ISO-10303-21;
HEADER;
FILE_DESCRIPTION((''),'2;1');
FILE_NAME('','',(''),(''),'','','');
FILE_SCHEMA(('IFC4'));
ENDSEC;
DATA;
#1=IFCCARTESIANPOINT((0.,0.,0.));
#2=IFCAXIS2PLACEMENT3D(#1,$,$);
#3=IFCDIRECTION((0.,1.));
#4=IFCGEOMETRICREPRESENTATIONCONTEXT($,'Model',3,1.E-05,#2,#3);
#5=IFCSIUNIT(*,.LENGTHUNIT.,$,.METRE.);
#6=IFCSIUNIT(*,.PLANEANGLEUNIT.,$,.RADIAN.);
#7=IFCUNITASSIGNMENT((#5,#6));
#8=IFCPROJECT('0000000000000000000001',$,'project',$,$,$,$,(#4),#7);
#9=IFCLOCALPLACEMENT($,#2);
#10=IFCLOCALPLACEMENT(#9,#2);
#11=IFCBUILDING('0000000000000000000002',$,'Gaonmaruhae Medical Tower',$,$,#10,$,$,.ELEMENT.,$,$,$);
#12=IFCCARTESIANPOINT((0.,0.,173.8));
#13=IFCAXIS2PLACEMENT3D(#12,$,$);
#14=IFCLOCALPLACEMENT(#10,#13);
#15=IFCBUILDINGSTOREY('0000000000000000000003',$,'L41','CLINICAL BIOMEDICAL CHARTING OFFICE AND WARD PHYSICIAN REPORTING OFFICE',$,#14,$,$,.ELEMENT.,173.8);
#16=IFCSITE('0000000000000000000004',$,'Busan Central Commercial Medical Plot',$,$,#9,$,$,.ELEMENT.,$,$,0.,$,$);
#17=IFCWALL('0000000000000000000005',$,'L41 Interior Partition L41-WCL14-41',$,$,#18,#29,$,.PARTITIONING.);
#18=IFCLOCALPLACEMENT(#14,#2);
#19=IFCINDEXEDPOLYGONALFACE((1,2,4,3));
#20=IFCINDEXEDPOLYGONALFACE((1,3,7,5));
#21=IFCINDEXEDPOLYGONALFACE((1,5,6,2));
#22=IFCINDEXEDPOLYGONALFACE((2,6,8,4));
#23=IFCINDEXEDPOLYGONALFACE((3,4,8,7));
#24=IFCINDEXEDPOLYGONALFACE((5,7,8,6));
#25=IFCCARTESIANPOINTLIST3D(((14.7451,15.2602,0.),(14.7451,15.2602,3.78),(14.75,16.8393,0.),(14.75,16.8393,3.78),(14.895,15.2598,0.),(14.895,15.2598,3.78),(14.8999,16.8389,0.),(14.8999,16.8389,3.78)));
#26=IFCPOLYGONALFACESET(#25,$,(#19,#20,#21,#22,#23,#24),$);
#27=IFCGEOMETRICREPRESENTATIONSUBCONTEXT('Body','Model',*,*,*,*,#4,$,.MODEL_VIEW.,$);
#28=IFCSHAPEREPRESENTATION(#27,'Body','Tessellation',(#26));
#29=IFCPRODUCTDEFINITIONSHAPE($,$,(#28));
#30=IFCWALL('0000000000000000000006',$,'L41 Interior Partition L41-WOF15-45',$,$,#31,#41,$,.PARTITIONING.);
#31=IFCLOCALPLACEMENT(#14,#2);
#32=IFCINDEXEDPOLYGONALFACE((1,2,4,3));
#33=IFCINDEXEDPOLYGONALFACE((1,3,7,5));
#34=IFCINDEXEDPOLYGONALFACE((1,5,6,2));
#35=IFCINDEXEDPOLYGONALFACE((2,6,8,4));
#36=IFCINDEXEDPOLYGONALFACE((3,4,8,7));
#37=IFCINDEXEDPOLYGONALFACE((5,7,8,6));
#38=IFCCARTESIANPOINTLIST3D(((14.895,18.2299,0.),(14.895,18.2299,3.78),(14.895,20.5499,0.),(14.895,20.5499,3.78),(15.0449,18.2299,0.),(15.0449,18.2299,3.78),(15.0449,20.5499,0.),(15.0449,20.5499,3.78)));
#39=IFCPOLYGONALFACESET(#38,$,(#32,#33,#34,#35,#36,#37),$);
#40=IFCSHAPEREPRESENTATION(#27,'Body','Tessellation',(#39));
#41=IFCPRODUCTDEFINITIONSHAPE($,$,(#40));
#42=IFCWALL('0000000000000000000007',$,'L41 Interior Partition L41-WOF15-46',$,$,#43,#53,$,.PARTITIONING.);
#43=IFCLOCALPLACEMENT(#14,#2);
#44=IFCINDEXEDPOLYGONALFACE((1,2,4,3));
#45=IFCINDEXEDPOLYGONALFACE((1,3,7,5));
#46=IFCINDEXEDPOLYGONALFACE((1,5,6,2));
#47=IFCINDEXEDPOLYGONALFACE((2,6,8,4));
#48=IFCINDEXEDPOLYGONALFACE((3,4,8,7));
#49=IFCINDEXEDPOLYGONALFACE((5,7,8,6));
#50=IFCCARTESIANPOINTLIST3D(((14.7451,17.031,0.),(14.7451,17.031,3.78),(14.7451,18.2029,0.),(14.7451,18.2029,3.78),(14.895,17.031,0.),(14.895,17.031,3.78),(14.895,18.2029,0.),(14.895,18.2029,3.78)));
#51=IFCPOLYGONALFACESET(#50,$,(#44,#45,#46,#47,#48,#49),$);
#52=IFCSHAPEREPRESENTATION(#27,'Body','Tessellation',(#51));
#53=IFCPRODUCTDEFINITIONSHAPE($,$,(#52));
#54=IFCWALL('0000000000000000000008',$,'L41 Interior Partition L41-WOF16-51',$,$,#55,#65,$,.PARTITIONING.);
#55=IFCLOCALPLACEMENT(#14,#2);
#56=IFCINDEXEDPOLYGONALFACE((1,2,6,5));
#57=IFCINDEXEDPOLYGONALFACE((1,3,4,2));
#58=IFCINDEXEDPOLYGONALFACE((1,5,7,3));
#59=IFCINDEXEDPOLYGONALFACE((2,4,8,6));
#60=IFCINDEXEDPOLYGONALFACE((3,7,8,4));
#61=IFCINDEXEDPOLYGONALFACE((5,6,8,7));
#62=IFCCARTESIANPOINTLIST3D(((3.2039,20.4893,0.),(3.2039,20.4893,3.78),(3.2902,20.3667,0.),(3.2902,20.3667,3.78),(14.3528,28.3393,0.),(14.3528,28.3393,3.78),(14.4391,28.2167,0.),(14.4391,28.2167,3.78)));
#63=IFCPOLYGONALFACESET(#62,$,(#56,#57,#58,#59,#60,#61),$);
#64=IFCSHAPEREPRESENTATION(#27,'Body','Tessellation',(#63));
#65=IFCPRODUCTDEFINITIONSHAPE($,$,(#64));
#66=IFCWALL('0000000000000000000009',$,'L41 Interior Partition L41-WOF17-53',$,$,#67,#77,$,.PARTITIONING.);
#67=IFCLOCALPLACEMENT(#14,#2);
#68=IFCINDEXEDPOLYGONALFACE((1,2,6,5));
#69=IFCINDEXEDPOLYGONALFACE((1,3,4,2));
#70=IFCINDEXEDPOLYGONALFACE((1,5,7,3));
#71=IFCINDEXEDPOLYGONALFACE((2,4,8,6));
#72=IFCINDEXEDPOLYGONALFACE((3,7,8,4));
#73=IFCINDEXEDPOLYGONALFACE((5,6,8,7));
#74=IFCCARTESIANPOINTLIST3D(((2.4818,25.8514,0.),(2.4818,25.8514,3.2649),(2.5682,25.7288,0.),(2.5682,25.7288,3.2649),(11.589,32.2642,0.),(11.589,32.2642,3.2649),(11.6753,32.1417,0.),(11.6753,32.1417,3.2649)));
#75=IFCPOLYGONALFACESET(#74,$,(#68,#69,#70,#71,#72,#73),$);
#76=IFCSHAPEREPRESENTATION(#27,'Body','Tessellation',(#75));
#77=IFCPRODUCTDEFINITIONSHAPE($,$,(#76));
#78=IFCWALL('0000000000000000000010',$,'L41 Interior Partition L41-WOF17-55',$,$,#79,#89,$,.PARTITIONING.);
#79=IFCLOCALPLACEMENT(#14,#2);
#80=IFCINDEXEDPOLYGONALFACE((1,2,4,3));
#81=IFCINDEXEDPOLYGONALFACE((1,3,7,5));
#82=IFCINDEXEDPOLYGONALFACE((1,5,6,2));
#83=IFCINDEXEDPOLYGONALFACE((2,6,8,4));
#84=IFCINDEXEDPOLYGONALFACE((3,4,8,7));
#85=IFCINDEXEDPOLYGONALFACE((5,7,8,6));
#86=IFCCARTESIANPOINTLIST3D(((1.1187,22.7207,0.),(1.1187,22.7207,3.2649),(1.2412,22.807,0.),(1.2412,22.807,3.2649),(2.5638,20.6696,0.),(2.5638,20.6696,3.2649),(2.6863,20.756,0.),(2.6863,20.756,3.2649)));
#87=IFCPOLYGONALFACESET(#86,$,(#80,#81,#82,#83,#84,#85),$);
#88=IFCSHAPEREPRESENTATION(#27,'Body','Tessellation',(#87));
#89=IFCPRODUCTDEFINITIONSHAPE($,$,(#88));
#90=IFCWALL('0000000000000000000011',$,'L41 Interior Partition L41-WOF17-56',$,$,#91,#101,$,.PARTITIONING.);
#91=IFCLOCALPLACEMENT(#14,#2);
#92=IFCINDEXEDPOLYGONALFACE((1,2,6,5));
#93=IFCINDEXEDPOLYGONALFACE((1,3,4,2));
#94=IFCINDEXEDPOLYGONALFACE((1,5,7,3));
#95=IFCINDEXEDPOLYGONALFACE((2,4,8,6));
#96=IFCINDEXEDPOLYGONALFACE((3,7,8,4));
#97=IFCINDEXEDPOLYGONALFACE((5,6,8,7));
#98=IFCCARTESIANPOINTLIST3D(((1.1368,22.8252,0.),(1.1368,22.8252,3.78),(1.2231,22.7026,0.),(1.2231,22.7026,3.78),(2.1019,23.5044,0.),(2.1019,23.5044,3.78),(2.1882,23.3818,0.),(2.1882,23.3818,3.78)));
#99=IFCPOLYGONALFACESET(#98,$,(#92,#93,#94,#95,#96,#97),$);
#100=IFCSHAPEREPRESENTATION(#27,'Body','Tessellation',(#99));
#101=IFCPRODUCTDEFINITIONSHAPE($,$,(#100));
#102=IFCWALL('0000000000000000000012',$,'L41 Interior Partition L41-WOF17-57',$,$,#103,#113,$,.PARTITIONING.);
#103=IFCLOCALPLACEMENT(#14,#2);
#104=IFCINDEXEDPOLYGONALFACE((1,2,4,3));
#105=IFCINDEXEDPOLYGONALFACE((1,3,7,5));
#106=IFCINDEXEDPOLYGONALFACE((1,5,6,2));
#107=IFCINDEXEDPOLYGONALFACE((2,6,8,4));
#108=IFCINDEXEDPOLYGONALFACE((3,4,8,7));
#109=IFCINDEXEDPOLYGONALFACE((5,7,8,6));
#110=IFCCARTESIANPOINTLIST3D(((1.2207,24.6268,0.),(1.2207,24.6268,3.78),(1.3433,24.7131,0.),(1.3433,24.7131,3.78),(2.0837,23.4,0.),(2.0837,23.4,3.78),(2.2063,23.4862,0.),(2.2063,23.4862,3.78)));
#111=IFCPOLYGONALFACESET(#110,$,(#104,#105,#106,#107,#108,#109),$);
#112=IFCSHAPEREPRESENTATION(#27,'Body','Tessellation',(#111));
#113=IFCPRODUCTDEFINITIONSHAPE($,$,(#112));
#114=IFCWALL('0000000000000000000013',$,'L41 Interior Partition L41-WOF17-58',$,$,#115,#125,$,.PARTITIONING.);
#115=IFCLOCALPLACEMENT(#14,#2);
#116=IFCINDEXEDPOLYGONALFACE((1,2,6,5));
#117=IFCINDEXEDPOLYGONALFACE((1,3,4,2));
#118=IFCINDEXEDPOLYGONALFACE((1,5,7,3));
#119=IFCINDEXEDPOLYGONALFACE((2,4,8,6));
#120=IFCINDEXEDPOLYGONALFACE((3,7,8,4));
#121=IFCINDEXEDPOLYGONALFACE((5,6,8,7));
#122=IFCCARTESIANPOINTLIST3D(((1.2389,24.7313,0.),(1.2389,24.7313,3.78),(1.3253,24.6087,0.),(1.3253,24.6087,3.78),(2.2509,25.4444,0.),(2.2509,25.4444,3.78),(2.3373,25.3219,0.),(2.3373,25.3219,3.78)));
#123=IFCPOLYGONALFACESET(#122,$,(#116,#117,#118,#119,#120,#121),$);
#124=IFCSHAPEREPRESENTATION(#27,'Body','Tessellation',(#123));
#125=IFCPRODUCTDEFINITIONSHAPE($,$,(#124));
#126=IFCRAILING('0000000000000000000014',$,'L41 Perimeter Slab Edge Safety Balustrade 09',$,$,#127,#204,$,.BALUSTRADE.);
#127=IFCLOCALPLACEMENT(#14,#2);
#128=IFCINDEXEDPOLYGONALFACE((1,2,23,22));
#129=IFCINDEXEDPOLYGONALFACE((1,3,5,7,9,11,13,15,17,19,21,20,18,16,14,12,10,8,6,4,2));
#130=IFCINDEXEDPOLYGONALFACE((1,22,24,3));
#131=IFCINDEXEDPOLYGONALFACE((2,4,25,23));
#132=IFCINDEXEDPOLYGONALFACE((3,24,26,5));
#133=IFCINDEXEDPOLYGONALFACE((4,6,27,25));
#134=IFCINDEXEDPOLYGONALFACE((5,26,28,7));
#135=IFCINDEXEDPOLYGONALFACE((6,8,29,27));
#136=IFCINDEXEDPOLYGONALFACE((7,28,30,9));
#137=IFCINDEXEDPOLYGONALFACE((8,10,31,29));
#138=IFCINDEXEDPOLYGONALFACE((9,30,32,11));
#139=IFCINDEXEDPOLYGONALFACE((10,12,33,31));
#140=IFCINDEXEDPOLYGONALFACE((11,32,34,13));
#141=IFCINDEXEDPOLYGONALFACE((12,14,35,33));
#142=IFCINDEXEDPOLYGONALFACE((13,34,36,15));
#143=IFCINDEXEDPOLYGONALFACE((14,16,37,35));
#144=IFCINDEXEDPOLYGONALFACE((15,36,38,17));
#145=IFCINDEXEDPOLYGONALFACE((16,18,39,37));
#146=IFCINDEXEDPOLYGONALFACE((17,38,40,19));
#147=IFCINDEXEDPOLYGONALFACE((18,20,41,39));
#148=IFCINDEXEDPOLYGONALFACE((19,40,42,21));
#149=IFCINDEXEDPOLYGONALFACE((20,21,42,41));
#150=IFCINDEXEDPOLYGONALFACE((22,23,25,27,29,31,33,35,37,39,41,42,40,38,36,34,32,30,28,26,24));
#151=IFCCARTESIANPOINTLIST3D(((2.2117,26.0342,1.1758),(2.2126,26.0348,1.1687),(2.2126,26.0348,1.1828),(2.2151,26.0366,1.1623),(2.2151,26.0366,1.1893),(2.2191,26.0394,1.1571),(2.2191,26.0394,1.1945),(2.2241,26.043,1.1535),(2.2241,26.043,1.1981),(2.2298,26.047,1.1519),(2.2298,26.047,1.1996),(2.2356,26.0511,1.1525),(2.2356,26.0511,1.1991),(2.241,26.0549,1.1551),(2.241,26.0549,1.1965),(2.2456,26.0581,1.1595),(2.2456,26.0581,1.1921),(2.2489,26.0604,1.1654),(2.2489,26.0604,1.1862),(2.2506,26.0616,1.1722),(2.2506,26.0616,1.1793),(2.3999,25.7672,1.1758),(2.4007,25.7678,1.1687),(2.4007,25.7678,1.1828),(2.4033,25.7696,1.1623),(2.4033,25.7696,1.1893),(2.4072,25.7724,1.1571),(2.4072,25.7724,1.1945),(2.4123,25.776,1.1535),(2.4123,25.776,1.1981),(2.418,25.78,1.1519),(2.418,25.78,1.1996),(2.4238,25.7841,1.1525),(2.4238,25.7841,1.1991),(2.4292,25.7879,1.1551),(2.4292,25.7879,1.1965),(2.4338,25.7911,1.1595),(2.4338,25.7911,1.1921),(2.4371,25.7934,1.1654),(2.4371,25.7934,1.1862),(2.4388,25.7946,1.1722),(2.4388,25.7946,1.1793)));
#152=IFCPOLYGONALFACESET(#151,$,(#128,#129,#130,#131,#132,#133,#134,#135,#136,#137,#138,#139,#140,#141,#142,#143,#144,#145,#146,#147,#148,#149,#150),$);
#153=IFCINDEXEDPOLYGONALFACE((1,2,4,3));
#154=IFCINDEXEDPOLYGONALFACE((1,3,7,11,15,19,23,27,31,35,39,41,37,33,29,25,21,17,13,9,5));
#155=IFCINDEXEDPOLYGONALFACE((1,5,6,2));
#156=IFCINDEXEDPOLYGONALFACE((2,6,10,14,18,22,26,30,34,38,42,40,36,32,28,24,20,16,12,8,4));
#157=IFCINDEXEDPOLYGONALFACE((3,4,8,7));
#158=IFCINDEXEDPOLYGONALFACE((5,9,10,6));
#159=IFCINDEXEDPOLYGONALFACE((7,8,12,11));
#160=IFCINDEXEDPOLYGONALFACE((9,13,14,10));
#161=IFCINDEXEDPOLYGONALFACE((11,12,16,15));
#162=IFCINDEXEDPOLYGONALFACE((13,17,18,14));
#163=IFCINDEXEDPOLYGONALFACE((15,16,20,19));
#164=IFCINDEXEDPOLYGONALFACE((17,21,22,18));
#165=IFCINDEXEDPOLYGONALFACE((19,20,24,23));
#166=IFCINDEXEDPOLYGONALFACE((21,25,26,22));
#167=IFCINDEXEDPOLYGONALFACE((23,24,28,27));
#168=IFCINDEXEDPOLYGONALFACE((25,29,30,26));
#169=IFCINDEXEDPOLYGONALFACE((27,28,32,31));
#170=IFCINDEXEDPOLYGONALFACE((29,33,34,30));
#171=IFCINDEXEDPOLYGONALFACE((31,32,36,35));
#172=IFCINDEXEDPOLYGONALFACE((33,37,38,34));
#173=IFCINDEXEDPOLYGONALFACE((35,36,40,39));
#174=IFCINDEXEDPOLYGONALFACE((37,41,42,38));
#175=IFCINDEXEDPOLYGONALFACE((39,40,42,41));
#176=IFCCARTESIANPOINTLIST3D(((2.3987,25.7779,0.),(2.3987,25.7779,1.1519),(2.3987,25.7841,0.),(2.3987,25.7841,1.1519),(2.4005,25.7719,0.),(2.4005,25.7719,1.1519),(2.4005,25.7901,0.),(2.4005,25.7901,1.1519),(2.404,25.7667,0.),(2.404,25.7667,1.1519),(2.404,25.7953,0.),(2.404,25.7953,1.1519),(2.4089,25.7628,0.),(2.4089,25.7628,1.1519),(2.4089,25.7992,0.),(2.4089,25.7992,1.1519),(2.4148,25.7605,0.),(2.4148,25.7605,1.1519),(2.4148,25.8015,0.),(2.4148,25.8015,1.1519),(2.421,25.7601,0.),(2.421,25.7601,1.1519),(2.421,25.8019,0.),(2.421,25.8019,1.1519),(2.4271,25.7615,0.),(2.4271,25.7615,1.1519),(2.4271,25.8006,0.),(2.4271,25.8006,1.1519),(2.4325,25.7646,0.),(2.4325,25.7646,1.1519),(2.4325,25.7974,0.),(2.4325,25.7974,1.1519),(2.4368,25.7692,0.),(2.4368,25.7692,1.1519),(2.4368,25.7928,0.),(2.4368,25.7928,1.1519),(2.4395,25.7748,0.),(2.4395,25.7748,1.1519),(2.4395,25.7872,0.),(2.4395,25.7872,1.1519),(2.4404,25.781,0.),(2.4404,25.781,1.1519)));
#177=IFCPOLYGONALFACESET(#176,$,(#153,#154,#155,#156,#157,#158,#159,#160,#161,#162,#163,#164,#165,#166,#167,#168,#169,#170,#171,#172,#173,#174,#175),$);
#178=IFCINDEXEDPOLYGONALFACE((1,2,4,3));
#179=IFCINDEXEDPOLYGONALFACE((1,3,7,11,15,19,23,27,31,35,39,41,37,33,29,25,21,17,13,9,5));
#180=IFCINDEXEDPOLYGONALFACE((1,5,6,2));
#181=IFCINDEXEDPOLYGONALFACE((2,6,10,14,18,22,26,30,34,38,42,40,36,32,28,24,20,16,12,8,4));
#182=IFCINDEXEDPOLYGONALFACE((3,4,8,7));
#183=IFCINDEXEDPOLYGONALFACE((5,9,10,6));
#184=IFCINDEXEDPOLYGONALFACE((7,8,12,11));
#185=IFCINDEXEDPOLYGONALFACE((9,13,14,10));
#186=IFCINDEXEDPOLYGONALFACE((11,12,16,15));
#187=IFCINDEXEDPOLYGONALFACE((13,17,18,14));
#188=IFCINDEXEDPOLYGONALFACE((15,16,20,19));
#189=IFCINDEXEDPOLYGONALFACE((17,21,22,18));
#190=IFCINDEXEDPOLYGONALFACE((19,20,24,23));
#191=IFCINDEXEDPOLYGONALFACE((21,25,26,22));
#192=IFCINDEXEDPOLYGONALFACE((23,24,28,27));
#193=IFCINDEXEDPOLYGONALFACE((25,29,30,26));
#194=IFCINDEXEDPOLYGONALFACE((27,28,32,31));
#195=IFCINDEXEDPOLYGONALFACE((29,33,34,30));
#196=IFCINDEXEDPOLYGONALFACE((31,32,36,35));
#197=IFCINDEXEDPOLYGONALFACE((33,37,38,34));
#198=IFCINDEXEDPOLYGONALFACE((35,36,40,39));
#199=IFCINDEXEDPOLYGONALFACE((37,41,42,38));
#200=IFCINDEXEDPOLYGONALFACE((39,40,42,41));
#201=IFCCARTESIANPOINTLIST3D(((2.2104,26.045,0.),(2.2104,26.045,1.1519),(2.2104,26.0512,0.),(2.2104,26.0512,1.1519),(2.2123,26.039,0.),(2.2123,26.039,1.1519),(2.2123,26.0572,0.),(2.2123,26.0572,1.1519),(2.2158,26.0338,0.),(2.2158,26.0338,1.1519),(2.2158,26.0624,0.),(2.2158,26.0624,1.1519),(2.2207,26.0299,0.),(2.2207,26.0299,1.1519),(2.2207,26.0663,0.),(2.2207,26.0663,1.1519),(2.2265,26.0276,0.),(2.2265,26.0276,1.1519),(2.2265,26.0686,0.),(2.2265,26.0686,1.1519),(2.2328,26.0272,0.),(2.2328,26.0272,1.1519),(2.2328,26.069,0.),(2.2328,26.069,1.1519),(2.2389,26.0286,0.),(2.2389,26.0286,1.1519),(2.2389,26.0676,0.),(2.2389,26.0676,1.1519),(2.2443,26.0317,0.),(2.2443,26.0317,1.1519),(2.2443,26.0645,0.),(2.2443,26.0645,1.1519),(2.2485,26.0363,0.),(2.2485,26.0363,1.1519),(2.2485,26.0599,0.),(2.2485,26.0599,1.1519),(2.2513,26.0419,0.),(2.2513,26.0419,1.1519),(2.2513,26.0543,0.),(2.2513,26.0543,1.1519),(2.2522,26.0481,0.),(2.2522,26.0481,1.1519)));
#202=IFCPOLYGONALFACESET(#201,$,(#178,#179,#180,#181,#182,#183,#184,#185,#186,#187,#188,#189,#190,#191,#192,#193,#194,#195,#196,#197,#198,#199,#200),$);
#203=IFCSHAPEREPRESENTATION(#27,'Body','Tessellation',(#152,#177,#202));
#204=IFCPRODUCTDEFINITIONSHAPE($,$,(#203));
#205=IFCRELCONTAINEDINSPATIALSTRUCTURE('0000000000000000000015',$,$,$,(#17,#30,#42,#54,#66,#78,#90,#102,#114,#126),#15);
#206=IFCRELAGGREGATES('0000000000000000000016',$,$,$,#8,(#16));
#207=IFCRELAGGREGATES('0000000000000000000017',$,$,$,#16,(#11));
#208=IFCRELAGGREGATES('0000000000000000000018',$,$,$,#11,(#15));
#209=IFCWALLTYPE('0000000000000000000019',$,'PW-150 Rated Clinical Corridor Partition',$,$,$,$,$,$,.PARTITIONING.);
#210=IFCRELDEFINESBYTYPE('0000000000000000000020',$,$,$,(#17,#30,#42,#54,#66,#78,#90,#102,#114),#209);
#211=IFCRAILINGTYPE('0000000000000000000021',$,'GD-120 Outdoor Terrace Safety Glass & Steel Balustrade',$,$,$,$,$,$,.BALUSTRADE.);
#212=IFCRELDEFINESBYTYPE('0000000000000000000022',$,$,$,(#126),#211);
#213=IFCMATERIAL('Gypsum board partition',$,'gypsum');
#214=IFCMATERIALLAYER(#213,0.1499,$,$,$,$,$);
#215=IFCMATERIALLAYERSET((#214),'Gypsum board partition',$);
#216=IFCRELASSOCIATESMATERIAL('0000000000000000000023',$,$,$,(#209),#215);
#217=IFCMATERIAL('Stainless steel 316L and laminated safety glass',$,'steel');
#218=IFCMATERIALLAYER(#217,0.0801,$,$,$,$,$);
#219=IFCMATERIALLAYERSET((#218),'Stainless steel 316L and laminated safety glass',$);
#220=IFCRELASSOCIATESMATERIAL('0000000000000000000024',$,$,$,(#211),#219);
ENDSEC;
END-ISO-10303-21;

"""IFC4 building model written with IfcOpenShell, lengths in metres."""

from ifc_helpers import new_model, si_unit, direction, frame, frame_2d, origin, origin_2d, place, context, subcontext, project, spatial, rectangle, circle, extrude, material, layer, layer_set, type_object, element, save


model = new_model("IFC4")

# Units and contexts
model_context = context("Model", 3, precision=1e-05, world=origin(), true_north=direction((0.0, 1.0)))
body_context = subcontext(model_context, "Body", "Model", "MODEL_VIEW")
ifc_project = project(units=[si_unit("LENGTHUNIT", "METRE"), si_unit("PLANEANGLEUNIT", "RADIAN")], contexts=[model_context])

# Site, building, storey
site_placement = place(None, origin())
site = spatial("IfcSite", under=ifc_project, at=site_placement, Name="Busan Central Commercial Medical Plot", CompositionType="ELEMENT", RefElevation=0.0)
building_placement = place(site_placement, origin())
building = spatial("IfcBuilding", under=site, at=building_placement, Name="Gaonmaruhae Medical Tower", CompositionType="ELEMENT")
storey_placement = place(building_placement, frame((0.0, 0.0, 173.8)))
storey = spatial("IfcBuildingStorey", under=building, at=storey_placement, Name="L41", Description="CLINICAL BIOMEDICAL CHARTING OFFICE AND WARD PHYSICIAN REPORTING OFFICE", CompositionType="ELEMENT", Elevation=173.8)

# Walls
ifc_material_1 = material(Name="Gypsum board partition", Category="gypsum")
ifc_layer_1 = layer(ifc_material_1, 0.1499)
ifc_layer_set_1 = layer_set([ifc_layer_1], Name="Gypsum board partition")
wall_type_1 = type_object("IfcWallType", Name="PW-150 Rated Clinical Corridor Partition", PredefinedType="PARTITIONING", material=ifc_layer_set_1)
wall_1_placement = place(storey_placement, frame((14.825, 16.8391, 0.0), z_axis=(0.0, 0.0, 1.0), x_axis=(-0.003092, -0.999995, 0.0)))
element("IfcWall", 1, at=wall_1_placement, inside=storey, type_object=wall_type_1, Name="L41 Interior Partition L41-WCL14-41", PredefinedType="PARTITIONING", context=body_context, shape_type="SweptSolid", body=[
    extrude(rectangle(XDim=1.5791, YDim=0.1499, at=frame_2d((0.7896, 0.0))), origin(), (0.0, 0.0, 1.0), 3.78),
])
wall_2_placement = place(storey_placement, frame((14.97, 20.55, 0.0), z_axis=(0.0, 0.0, 1.0), x_axis=(0.0, -1.0, 0.0)))
element("IfcWall", 2, at=wall_2_placement, inside=storey, type_object=wall_type_1, Name="L41 Interior Partition L41-WOF15-45", PredefinedType="PARTITIONING", context=body_context, shape_type="SweptSolid", body=[
    extrude(rectangle(XDim=2.3201, YDim=0.1499, at=frame_2d((1.1602, 0.0))), origin(), (0.0, 0.0, 1.0), 3.78),
])
wall_3_placement = place(storey_placement, frame((14.8201, 18.2029, 0.0), z_axis=(0.0, 0.0, 1.0), x_axis=(0.0, -1.0, 0.0)))
element("IfcWall", 3, at=wall_3_placement, inside=storey, type_object=wall_type_1, Name="L41 Interior Partition L41-WOF15-46", PredefinedType="PARTITIONING", context=body_context, shape_type="SweptSolid", body=[
    extrude(rectangle(XDim=1.1719, YDim=0.1499, at=frame_2d((0.5859, 0.0))), origin(), (0.0, 0.0, 1.0), 3.78),
])
wall_4_placement = place(storey_placement, frame((3.2471, 20.428, 0.0), z_axis=(0.0, 0.0, 1.0), x_axis=(0.817649, 0.575717, 0.0)))
element("IfcWall", 4, at=wall_4_placement, inside=storey, type_object=wall_type_1, Name="L41 Interior Partition L41-WOF16-51", PredefinedType="PARTITIONING", context=body_context, shape_type="SweptSolid", body=[
    extrude(rectangle(XDim=13.6353, YDim=0.1499, at=frame_2d((6.8176, 0.0))), origin(), (0.0, 0.0, 1.0), 3.78),
])
wall_5_placement = place(storey_placement, frame((2.5249, 25.79, 0.0), z_axis=(0.0, 0.0, 1.0), x_axis=(0.817634, 0.575739, 0.0)))
element("IfcWall", 5, at=wall_5_placement, inside=storey, type_object=wall_type_1, Name="L41 Interior Partition L41-WOF17-53", PredefinedType="PARTITIONING", context=body_context, shape_type="SweptSolid", body=[
    extrude(rectangle(XDim=11.1384, YDim=0.1499, at=frame_2d((5.5693, 0.0))), origin(), (0.0, 0.0, 1.0), 3.2649),
])
wall_6_placement = place(storey_placement, frame((2.625, 20.7129, 0.0), z_axis=(0.0, 0.0, 1.0), x_axis=(-0.575961, 0.817477, 0.0)))
element("IfcWall", 6, at=wall_6_placement, inside=storey, type_object=wall_type_1, Name="L41 Interior Partition L41-WOF17-55", PredefinedType="PARTITIONING", context=body_context, shape_type="SweptSolid", body=[
    extrude(rectangle(XDim=2.509, YDim=0.1499, at=frame_2d((1.2544, 0.0))), origin(), (0.0, 0.0, 1.0), 3.2649),
])
wall_7_placement = place(storey_placement, frame((1.1799, 22.7639, 0.0), z_axis=(0.0, 0.0, 1.0), x_axis=(0.817781, 0.575529, 0.0)))
element("IfcWall", 7, at=wall_7_placement, inside=storey, type_object=wall_type_1, Name="L41 Interior Partition L41-WOF17-56", PredefinedType="PARTITIONING", context=body_context, shape_type="SweptSolid", body=[
    extrude(rectangle(XDim=1.1802, YDim=0.1499, at=frame_2d((0.5901, 0.0))), origin(), (0.0, 0.0, 1.0), 3.78),
])
wall_8_placement = place(storey_placement, frame((2.145, 23.4431, 0.0), z_axis=(0.0, 0.0, 1.0), x_axis=(-0.575372, 0.817892, 0.0)))
element("IfcWall", 8, at=wall_8_placement, inside=storey, type_object=wall_type_1, Name="L41 Interior Partition L41-WOF17-57", PredefinedType="PARTITIONING", context=body_context, shape_type="SweptSolid", body=[
    extrude(rectangle(XDim=1.5, YDim=0.1499, at=frame_2d((0.75, 0.0))), origin(), (0.0, 0.0, 1.0), 3.78),
])
wall_9_placement = place(storey_placement, frame((1.282, 24.6699, 0.0), z_axis=(0.0, 0.0, 1.0), x_axis=(0.817421, 0.57604, 0.0)))
element("IfcWall", 9, at=wall_9_placement, inside=storey, type_object=wall_type_1, Name="L41 Interior Partition L41-WOF17-58", PredefinedType="PARTITIONING", context=body_context, shape_type="SweptSolid", body=[
    extrude(rectangle(XDim=1.238, YDim=0.1499, at=frame_2d((0.6191, 0.0))), origin(), (0.0, 0.0, 1.0), 3.78),
])

# Railing
ifc_material_2 = material(Name="Stainless steel 316L and laminated safety glass", Category="steel")
ifc_layer_2 = layer(ifc_material_2, 0.0801)
ifc_layer_set_2 = layer_set([ifc_layer_2], Name="Stainless steel 316L and laminated safety glass")
railing_type = type_object("IfcRailingType", Name="GD-120 Outdoor Terrace Safety Glass & Steel Balustrade", PredefinedType="BALUSTRADE", material=ifc_layer_set_2)
railing_1_placement = place(storey_placement, frame((2.4194, 25.781, 0.0)))
element("IfcRailing", 10, at=railing_1_placement, inside=storey, type_object=railing_type, Name="L41 Perimeter Slab Edge Safety Balustrade 09", PredefinedType="BALUSTRADE", context=body_context, shape_type="SweptSolid", body=[
    extrude(circle(Radius=0.0239, at=origin_2d()), frame((0.0, 0.0, 1.1758), z_axis=(-0.576067, 0.817402, 0.0), x_axis=(-0.817402, -0.576067, 0.0)), (0.0, 0.0, 1.0), 0.3267),
    extrude(circle(Radius=0.021, at=origin_2d()), origin(), (0.0, 0.0, 1.0), 1.1519),
    extrude(circle(Radius=0.021, at=origin_2d()), frame((-0.1882, 0.2671, 0.0)), (0.0, 0.0, 1.0), 1.1519),
])

save(model, "model.ifc")
